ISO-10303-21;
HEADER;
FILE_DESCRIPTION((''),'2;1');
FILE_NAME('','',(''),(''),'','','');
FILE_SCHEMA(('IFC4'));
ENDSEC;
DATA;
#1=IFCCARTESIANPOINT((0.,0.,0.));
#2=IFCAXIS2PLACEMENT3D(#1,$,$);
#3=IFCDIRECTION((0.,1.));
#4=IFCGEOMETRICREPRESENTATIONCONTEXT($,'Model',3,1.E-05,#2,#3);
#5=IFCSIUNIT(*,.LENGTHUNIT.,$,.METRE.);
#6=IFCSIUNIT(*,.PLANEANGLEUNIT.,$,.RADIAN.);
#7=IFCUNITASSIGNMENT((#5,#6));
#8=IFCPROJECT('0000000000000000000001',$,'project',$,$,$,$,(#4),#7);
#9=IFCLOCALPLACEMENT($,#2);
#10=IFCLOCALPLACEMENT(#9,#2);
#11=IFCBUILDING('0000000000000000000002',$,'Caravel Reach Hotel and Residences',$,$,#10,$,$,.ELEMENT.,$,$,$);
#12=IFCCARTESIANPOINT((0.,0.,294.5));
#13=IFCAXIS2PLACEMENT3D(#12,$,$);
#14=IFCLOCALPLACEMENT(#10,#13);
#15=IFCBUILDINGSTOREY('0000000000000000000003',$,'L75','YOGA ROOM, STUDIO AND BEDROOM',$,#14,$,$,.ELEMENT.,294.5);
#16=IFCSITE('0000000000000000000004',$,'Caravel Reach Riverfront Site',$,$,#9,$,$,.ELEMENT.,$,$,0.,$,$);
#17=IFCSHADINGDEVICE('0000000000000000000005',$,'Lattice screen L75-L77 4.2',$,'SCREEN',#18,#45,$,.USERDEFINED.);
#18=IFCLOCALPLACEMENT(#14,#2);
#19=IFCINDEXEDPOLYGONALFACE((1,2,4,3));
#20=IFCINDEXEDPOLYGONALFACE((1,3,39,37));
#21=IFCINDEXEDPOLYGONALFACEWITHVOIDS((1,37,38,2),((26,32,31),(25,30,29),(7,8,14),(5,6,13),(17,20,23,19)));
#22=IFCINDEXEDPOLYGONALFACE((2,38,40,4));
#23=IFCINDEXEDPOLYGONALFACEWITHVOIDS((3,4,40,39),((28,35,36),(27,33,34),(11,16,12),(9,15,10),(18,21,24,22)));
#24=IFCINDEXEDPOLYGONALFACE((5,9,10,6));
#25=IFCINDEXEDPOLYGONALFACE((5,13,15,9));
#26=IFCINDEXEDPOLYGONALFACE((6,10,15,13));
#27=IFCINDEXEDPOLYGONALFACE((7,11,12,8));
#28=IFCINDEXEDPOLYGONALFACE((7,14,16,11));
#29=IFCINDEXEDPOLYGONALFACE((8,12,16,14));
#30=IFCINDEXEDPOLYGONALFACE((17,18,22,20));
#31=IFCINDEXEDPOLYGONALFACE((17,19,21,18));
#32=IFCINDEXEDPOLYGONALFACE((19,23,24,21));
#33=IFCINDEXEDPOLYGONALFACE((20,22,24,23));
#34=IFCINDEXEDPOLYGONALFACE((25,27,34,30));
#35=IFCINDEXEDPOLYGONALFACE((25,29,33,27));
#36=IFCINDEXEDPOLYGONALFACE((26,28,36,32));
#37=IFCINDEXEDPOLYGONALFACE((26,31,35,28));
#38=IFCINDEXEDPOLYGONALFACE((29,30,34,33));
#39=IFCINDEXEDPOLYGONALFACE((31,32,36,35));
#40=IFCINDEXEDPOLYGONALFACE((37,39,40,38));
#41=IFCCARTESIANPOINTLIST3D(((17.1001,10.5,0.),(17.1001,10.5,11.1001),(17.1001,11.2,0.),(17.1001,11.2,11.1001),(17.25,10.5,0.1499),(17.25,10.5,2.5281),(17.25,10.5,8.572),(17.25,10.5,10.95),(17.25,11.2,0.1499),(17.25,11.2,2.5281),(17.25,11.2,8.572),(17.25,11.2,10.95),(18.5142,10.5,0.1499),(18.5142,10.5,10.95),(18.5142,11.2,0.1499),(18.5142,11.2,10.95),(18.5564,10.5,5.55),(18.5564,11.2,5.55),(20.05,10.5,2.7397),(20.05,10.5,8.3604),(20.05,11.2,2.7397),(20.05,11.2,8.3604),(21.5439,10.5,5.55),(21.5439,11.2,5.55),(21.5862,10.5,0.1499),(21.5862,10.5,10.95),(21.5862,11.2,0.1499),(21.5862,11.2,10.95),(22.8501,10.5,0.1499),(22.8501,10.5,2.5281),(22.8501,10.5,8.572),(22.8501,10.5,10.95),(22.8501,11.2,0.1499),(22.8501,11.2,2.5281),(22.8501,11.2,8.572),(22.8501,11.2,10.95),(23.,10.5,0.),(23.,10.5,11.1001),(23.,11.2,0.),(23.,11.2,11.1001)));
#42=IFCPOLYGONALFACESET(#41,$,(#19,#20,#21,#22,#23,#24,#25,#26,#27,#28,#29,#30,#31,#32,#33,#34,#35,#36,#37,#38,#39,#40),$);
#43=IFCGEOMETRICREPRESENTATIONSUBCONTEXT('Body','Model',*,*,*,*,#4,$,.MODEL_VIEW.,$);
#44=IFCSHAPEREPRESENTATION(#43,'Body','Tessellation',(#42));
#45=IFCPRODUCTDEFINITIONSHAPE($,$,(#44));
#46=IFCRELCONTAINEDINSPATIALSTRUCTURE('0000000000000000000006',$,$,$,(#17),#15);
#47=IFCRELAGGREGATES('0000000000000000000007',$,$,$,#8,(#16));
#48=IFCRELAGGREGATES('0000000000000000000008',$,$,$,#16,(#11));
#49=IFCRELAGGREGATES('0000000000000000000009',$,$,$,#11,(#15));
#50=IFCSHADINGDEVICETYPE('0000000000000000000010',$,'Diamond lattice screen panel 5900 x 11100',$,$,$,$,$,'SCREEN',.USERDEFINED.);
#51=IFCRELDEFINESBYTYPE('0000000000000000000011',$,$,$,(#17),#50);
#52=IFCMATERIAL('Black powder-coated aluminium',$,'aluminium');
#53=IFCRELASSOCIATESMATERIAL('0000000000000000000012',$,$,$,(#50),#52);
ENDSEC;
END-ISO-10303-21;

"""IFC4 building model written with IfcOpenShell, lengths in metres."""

from ifc_helpers import new_model, si_unit, direction, frame, origin, place, context, subcontext, project, spatial, polyline, outline, extrude, material, type_object, element, save


model = new_model("IFC4")

# Units and contexts
model_context = context("Model", 3, precision=1e-05, world=origin(), true_north=direction((0.0, 1.0)))
body_context = subcontext(model_context, "Body", "Model", "MODEL_VIEW")
ifc_project = project(units=[si_unit("LENGTHUNIT", "METRE"), si_unit("PLANEANGLEUNIT", "RADIAN")], contexts=[model_context])

# Site, building, storey
site_placement = place(None, origin())
site = spatial("IfcSite", under=ifc_project, at=site_placement, Name="Caravel Reach Riverfront Site", CompositionType="ELEMENT", RefElevation=0.0)
building_placement = place(site_placement, origin())
building = spatial("IfcBuilding", under=site, at=building_placement, Name="Caravel Reach Hotel and Residences", CompositionType="ELEMENT")
storey_placement = place(building_placement, frame((0.0, 0.0, 294.5)))
storey = spatial("IfcBuildingStorey", under=building, at=storey_placement, Name="L75", Description="YOGA ROOM, STUDIO AND BEDROOM", CompositionType="ELEMENT", Elevation=294.5)

# Shading device
ifc_material_1 = material(Name="Black powder-coated aluminium", Category="aluminium")
shading_device_type = type_object("IfcShadingDeviceType", Name="Diamond lattice screen panel 5900 x 11100", ElementType="SCREEN", PredefinedType="USERDEFINED", material=ifc_material_1)
shading_device_placement = place(storey_placement, frame((17.1001, 11.2, 0.0), z_axis=(0.0, -1.0, 0.0), x_axis=(1.0, 0.0, 0.0)))
element("IfcShadingDevice", 1, at=shading_device_placement, inside=storey, type_object=shading_device_type, Name="Lattice screen L75-L77 4.2", ObjectType="SCREEN", PredefinedType="USERDEFINED", context=body_context, shape_type="SweptSolid", body=[
    extrude(outline(polyline([(0.0, 0.0), (5.8999, 0.0), (5.8999, 11.1001), (0.0, 11.1001), (0.0, 0.0)]), holes=[polyline([(1.4141, 0.1499), (0.1499, 2.5281), (0.1499, 0.1499), (1.4141, 0.1499)]), polyline([(0.1499, 8.572), (1.4141, 10.95), (0.1499, 10.95), (0.1499, 8.572)]), polyline([(2.95, 8.3604), (1.4563, 5.55), (2.95, 2.7397), (4.4438, 5.55), (2.95, 8.3604)]), polyline([(5.75, 2.5281), (4.4861, 0.1499), (5.75, 0.1499), (5.75, 2.5281)]), polyline([(4.4861, 10.95), (5.75, 8.572), (5.75, 10.95), (4.4861, 10.95)])]), origin(), (0.0, 0.0, 1.0), 0.7),
])

save(model, "model.ifc")
